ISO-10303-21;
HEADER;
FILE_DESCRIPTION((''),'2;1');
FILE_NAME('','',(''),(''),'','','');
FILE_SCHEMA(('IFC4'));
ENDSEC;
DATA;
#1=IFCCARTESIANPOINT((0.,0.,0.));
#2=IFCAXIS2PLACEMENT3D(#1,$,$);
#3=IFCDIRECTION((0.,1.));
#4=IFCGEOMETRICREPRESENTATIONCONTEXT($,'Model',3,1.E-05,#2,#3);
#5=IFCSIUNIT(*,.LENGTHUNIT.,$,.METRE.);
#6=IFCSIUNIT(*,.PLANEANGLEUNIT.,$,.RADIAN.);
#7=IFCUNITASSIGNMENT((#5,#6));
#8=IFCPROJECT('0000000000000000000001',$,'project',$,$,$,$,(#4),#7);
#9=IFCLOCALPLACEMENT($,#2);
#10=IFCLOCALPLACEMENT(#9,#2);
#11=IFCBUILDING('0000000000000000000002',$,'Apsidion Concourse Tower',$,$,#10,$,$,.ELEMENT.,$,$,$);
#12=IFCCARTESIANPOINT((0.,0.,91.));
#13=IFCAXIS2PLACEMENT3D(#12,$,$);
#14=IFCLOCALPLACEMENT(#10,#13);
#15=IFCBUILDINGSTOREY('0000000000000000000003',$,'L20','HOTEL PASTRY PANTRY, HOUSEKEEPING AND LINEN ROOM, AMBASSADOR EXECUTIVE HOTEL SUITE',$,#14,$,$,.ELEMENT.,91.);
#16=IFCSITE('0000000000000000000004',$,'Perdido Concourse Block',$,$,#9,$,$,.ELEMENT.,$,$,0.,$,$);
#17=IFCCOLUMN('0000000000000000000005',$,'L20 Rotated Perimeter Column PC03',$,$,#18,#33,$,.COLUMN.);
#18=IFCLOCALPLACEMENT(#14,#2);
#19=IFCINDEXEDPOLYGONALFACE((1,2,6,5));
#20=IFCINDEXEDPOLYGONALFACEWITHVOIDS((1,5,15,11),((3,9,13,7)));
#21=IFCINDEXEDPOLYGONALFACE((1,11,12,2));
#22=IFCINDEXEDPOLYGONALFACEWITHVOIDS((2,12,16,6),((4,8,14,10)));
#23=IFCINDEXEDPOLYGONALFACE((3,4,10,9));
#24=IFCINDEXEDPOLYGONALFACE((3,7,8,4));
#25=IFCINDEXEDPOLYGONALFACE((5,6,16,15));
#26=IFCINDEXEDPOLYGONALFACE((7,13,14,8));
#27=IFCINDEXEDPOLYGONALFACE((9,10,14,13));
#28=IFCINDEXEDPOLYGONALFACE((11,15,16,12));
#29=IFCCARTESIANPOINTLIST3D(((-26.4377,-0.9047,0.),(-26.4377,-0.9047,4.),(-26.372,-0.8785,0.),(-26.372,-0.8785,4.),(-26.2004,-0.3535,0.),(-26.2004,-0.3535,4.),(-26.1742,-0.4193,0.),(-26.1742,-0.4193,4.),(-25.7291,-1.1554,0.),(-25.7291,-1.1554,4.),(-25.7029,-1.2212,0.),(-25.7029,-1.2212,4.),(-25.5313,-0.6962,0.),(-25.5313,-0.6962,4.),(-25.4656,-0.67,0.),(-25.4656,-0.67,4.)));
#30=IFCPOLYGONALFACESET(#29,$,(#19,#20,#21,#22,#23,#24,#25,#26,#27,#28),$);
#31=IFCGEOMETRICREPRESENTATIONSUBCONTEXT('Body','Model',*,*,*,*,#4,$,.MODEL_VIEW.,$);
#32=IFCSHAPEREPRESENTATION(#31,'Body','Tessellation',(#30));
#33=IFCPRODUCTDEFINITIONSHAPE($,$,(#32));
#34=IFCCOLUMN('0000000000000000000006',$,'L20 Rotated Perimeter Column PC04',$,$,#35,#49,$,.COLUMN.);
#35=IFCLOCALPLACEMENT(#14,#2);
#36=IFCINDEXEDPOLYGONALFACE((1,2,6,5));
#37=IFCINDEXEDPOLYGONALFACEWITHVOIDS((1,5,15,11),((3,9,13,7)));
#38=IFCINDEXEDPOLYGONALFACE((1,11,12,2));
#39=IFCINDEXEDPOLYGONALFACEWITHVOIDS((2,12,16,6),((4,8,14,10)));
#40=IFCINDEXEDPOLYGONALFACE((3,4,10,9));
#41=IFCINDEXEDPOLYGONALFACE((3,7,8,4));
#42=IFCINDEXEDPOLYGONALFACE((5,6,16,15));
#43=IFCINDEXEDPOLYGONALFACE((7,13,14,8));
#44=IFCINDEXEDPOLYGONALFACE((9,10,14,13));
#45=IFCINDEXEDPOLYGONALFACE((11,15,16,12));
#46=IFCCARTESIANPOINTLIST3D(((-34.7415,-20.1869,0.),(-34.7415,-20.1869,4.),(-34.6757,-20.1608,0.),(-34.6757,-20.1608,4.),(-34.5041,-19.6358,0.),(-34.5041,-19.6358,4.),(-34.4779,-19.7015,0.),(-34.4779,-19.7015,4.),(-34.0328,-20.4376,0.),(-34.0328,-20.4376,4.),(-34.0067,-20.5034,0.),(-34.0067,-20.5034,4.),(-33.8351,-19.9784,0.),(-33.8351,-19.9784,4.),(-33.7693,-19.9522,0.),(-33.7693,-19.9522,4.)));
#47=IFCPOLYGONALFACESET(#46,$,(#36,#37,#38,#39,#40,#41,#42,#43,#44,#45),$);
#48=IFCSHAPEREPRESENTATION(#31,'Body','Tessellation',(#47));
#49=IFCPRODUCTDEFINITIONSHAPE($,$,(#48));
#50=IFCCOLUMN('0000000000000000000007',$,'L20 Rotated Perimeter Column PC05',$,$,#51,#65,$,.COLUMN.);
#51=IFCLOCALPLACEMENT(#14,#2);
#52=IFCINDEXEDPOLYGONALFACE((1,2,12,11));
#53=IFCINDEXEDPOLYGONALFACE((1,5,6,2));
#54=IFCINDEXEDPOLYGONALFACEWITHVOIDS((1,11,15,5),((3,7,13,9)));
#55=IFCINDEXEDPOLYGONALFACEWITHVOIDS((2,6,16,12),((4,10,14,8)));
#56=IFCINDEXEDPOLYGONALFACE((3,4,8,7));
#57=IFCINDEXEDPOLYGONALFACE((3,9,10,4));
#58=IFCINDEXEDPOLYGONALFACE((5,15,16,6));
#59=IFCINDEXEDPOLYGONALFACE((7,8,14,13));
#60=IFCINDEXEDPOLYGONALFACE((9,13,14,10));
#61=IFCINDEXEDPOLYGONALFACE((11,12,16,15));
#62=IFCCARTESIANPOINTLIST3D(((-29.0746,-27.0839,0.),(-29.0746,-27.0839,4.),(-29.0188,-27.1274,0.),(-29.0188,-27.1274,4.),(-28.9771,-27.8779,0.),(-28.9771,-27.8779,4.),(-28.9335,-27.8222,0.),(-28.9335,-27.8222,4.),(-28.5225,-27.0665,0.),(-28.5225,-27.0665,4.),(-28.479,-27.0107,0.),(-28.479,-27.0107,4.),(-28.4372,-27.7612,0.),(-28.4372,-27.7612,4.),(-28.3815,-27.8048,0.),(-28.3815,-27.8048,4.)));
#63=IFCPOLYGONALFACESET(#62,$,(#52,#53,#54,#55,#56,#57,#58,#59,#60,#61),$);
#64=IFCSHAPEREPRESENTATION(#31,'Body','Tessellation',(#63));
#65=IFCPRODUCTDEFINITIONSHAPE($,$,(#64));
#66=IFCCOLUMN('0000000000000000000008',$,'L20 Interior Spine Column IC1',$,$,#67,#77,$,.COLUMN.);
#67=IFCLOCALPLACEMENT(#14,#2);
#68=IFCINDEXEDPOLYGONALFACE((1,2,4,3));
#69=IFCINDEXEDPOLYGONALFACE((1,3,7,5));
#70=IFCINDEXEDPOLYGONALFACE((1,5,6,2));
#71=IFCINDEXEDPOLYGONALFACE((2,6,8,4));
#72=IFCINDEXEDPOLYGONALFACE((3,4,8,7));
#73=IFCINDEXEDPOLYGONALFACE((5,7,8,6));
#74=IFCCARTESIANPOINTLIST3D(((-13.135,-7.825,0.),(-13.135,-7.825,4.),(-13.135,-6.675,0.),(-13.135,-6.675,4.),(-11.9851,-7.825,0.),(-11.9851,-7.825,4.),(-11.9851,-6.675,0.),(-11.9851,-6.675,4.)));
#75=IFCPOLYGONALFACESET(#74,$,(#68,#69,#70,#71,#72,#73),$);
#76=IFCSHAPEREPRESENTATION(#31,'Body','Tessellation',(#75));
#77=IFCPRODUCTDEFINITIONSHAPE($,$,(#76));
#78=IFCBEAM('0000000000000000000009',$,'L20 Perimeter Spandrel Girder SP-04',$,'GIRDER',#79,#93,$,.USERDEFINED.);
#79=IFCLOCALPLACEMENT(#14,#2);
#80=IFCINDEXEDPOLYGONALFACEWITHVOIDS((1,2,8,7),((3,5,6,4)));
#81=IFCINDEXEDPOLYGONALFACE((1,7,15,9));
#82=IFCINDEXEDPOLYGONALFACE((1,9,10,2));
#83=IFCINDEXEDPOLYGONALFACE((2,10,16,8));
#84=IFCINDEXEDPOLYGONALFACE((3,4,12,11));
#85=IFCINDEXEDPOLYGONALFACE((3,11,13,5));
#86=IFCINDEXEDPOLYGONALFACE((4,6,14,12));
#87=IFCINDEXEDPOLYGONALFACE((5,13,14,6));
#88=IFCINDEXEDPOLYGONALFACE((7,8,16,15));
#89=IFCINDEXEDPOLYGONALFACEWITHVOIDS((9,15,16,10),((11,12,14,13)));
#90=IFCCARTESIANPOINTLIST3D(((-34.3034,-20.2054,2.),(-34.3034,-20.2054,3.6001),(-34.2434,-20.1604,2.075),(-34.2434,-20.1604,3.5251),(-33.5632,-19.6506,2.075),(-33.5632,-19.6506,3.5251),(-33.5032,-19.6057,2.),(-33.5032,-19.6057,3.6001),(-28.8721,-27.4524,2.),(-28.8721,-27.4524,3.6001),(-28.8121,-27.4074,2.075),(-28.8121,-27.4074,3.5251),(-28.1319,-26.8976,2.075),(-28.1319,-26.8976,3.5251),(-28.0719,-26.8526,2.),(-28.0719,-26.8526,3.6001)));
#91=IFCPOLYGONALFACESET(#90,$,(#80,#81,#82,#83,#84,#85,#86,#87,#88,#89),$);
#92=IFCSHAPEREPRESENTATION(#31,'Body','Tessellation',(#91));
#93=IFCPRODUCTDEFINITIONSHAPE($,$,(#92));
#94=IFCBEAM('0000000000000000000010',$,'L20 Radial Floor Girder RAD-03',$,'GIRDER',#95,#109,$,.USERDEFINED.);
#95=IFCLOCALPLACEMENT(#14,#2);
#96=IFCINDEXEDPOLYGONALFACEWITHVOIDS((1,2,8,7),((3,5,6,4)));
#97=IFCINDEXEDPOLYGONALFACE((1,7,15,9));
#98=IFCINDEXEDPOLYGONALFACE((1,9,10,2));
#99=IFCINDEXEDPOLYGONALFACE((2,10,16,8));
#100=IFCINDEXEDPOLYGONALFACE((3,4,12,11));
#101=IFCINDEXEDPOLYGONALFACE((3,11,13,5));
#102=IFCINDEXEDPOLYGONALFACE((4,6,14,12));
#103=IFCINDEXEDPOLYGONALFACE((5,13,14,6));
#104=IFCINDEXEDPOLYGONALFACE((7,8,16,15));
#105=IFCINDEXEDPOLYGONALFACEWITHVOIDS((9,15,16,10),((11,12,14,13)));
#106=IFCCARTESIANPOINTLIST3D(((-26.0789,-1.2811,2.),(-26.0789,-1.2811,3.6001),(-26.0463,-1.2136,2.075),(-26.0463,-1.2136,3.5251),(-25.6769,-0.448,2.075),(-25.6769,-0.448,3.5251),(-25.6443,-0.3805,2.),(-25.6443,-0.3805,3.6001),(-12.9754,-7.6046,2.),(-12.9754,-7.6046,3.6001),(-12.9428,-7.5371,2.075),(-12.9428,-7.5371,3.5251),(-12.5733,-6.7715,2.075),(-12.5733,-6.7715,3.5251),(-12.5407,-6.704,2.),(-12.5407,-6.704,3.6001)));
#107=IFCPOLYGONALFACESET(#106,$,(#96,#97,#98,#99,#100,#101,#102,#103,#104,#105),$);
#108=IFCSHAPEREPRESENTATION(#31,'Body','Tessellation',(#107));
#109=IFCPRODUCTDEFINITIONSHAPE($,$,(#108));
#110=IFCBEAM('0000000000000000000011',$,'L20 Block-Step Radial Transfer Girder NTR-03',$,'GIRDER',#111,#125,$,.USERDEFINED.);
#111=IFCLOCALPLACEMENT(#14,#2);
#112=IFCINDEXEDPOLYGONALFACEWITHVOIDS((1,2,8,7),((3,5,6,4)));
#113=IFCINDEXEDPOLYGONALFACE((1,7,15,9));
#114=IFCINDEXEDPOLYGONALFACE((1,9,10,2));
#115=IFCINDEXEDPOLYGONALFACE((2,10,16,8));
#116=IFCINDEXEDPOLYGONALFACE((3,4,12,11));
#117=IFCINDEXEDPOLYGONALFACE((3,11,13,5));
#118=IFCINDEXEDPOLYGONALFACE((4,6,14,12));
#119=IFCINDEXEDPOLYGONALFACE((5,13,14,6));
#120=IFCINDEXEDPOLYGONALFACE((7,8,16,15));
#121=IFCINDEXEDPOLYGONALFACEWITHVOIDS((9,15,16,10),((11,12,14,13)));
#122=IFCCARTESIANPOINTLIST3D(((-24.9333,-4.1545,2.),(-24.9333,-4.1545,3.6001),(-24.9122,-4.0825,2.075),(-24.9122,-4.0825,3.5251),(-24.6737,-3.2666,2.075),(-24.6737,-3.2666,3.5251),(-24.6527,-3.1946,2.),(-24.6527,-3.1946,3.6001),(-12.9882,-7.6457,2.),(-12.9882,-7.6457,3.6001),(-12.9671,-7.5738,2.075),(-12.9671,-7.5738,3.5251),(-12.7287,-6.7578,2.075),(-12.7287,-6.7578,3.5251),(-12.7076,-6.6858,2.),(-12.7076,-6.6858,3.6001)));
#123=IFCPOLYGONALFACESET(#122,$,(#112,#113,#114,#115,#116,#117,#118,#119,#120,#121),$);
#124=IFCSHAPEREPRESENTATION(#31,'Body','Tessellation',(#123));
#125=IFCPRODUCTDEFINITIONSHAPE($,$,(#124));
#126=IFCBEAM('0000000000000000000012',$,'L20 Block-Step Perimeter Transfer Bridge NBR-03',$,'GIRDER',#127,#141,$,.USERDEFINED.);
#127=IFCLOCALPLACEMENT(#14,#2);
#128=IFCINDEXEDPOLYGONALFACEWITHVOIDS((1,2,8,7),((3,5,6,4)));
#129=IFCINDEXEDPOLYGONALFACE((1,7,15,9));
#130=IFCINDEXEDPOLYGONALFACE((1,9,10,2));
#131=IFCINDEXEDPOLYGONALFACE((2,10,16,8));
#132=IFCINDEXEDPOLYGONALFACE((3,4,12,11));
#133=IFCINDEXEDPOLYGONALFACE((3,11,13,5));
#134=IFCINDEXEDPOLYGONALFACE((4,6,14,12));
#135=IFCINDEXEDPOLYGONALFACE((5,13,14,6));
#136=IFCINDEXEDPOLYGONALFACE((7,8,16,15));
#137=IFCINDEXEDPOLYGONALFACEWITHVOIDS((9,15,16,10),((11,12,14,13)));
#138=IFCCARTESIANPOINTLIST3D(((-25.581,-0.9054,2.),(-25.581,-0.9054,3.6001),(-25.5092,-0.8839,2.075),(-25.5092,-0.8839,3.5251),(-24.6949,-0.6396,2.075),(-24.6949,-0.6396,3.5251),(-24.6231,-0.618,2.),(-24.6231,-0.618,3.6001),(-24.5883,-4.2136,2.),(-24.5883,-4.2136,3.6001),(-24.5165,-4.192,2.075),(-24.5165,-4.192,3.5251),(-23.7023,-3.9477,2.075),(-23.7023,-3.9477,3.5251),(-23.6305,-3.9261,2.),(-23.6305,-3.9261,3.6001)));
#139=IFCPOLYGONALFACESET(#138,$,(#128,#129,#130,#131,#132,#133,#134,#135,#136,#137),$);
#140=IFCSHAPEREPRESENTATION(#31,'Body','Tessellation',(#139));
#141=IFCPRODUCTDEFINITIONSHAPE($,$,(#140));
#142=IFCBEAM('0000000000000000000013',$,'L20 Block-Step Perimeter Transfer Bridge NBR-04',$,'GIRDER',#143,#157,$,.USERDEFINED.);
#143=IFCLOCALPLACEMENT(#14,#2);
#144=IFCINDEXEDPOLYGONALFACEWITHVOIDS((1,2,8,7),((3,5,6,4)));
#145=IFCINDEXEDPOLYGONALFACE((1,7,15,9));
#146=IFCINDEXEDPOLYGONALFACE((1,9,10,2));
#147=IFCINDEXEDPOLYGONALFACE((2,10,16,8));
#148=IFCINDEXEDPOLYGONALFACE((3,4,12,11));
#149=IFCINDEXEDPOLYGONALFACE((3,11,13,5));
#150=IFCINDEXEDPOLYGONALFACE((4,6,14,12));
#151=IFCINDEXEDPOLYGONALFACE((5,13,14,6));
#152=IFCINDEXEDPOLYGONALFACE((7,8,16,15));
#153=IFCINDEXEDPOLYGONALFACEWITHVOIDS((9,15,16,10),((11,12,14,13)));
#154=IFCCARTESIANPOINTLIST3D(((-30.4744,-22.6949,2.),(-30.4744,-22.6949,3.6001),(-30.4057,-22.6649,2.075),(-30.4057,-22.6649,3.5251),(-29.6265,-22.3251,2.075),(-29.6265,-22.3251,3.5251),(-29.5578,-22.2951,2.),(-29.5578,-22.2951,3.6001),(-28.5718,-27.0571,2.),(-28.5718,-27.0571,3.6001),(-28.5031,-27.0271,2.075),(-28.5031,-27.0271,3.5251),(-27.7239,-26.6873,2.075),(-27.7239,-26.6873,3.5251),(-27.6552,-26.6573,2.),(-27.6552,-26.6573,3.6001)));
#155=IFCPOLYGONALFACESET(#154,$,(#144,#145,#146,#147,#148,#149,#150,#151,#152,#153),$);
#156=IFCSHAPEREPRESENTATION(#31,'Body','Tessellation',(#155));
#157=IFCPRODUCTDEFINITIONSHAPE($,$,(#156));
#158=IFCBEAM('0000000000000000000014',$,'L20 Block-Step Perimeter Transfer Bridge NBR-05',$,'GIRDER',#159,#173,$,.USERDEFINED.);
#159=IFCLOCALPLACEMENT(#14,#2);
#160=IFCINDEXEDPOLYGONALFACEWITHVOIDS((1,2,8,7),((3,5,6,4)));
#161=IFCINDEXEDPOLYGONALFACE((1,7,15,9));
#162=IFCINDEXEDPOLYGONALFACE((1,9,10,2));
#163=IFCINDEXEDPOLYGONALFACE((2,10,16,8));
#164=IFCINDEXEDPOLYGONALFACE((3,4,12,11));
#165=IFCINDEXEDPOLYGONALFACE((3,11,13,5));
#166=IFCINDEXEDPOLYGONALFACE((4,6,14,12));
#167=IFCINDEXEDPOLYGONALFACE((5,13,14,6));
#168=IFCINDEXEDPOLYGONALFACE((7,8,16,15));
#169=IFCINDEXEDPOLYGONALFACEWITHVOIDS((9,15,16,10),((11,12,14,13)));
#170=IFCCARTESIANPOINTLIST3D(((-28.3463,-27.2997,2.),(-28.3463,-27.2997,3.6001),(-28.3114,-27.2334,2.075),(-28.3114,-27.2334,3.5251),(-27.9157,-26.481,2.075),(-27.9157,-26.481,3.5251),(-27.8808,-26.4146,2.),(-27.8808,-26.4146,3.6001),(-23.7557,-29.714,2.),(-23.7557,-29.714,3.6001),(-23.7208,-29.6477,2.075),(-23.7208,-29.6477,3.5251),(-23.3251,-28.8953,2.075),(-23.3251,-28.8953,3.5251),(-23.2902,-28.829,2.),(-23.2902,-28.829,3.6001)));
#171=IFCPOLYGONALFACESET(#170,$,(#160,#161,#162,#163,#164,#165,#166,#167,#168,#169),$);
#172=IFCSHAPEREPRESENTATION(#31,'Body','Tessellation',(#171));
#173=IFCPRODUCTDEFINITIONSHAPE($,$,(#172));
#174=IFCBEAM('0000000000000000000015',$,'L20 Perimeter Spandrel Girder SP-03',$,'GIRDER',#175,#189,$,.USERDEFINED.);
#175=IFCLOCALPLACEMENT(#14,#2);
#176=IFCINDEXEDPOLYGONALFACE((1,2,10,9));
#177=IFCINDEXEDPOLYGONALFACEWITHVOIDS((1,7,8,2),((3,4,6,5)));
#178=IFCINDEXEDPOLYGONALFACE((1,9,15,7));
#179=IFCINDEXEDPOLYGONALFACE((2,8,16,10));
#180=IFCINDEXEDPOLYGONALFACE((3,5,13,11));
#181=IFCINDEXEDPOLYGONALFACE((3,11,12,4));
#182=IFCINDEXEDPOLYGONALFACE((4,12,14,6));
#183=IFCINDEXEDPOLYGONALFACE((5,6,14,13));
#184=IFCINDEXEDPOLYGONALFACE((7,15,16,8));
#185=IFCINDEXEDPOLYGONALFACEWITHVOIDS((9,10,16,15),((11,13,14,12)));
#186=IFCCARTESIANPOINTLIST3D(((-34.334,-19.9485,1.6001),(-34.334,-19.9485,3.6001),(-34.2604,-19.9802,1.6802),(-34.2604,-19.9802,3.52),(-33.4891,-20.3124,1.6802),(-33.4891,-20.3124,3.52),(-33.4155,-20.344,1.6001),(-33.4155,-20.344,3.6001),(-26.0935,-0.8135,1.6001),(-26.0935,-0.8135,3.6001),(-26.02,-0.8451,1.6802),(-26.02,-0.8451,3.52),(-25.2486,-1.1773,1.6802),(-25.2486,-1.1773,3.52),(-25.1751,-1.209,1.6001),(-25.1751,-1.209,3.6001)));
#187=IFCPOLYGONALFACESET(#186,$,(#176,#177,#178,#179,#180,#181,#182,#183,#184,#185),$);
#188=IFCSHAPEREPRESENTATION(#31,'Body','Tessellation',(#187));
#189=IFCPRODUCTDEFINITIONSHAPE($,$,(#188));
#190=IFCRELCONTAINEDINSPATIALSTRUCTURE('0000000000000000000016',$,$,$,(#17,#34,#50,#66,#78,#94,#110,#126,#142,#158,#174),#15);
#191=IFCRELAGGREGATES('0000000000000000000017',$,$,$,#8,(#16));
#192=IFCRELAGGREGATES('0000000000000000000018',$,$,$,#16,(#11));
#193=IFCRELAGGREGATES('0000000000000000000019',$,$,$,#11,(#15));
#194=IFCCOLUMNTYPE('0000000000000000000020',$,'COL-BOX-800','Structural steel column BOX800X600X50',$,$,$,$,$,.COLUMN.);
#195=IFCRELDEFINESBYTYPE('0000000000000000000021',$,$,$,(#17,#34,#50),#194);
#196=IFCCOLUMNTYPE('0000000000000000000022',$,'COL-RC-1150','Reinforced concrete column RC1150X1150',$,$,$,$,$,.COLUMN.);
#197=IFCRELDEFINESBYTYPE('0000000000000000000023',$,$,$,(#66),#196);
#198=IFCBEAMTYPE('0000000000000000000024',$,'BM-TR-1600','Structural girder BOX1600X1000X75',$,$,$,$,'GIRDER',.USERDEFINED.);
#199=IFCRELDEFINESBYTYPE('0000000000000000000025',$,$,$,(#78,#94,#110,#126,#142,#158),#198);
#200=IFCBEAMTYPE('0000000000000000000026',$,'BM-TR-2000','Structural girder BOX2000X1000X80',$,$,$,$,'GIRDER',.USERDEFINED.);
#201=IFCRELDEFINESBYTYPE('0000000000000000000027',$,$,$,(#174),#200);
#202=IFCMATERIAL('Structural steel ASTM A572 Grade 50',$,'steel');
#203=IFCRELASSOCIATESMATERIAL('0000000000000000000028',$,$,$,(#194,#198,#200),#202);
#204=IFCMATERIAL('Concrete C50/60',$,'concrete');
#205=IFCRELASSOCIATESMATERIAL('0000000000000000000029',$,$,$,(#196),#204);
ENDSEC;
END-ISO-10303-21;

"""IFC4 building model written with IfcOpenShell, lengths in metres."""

from ifc_helpers import new_model, si_unit, direction, frame, origin, origin_2d, place, context, subcontext, project, spatial, rectangle, hollow_rectangle, extrude, material, material_profile, profile_set, type_object, element, save


model = new_model("IFC4")

# Units and contexts
model_context = context("Model", 3, precision=1e-05, world=origin(), true_north=direction((0.0, 1.0)))
body_context = subcontext(model_context, "Body", "Model", "MODEL_VIEW")
ifc_project = project(units=[si_unit("LENGTHUNIT", "METRE"), si_unit("PLANEANGLEUNIT", "RADIAN")], contexts=[model_context])

# Site, building, storey
site_placement = place(None, origin())
site = spatial("IfcSite", under=ifc_project, at=site_placement, Name="Perdido Concourse Block", CompositionType="ELEMENT", RefElevation=0.0)
building_placement = place(site_placement, origin())
building = spatial("IfcBuilding", under=site, at=building_placement, Name="Apsidion Concourse Tower", CompositionType="ELEMENT")
storey_placement = place(building_placement, frame((0.0, 0.0, 91.0)))
storey = spatial("IfcBuildingStorey", under=building, at=storey_placement, Name="L20", Description="HOTEL PASTRY PANTRY, HOUSEKEEPING AND LINEN ROOM, AMBASSADOR EXECUTIVE HOTEL SUITE", CompositionType="ELEMENT", Elevation=91.0)

# Columns
ifc_material_1 = material(Name="Structural steel ASTM A572 Grade 50", Category="steel")
ifc_material_profile_1 = material_profile(ifc_material_1, hollow_rectangle(XDim=0.6001, YDim=0.8, WallThickness=0.05, at=origin_2d()), Name="BOX800X600X50")
ifc_profile_set_1 = profile_set([ifc_material_profile_1], Name="Structural steel ASTM A572 Grade 50")
column_type_1 = type_object("IfcColumnType", Name="COL-BOX-800", Description="Structural steel column BOX800X600X50", PredefinedType="COLUMN", material=ifc_profile_set_1)
for number, where, z_axis, x_axis, name in (
    (1, (-25.9517, -0.7874, 0.0), (0.0, 0.0, 1.0), (0.395546, 0.918446, 0.0), "L20 Rotated Perimeter Column PC03"),
    (2, (-34.2554, -20.0696, 0.0), (0.0, 0.0, 1.0), (0.395546, 0.918446, 0.0), "L20 Rotated Perimeter Column PC04"),
    (3, (-28.728, -27.4443, 0.0), (0.0, 0.0, 1.0), (0.992546, 0.121869, 0.0), "L20 Rotated Perimeter Column PC05"),
):
    element("IfcColumn", number, at=place(storey_placement, frame(where, z_axis=z_axis, x_axis=x_axis)), inside=storey, type_object=column_type_1, Name=name, PredefinedType="COLUMN", context=body_context, shape_type="SweptSolid", body=[
        extrude(hollow_rectangle(XDim=0.6001, YDim=0.8, WallThickness=0.05, at=origin_2d()), origin(), (0.0, 0.0, 1.0), 4.0),
    ])
ifc_material_2 = material(Name="Concrete C50/60", Category="concrete")
ifc_material_profile_2 = material_profile(ifc_material_2, rectangle(XDim=1.1499, YDim=1.1499, at=origin_2d()), Name="RC 1150x1150")
ifc_profile_set_2 = profile_set([ifc_material_profile_2], Name="Concrete C50/60")
column_type_2 = type_object("IfcColumnType", Name="COL-RC-1150", Description="Reinforced concrete column RC1150X1150", PredefinedType="COLUMN", material=ifc_profile_set_2)
column_placement = place(storey_placement, frame((-12.5601, -7.25, 0.0), z_axis=(0.0, 0.0, 1.0), x_axis=(1.0, 0.0, 0.0)))
element("IfcColumn", 4, at=column_placement, inside=storey, type_object=column_type_2, Name="L20 Interior Spine Column IC1", PredefinedType="COLUMN", context=body_context, shape_type="SweptSolid", body=[
    extrude(rectangle(XDim=1.1499, YDim=1.1499, at=origin_2d()), origin(), (0.0, 0.0, 1.0), 4.0),
])

# Beams
ifc_material_profile_3 = material_profile(ifc_material_1, hollow_rectangle(XDim=1.0, YDim=1.6001, WallThickness=0.075, at=origin_2d()), Name="BOX1600X1000X75")
ifc_profile_set_3 = profile_set([ifc_material_profile_3], Name="Structural steel ASTM A572 Grade 50")
beam_type_1 = type_object("IfcBeamType", Name="BM-TR-1600", Description="Structural girder BOX1600X1000X75", ElementType="GIRDER", PredefinedType="USERDEFINED", material=ifc_profile_set_3)
beam_1_placement = place(storey_placement, frame((-33.9033, -19.9055, 2.8), z_axis=(0.599724, -0.800207, 0.0), x_axis=(0.800207, 0.599724, 0.0)))
element("IfcBeam", 5, at=beam_1_placement, inside=storey, type_object=beam_type_1, Name="L20 Perimeter Spandrel Girder SP-04", ObjectType="GIRDER", PredefinedType="USERDEFINED", context=body_context, shape_type="SweptSolid", body=[
    extrude(hollow_rectangle(XDim=1.0, YDim=1.6001, WallThickness=0.075, at=origin_2d()), origin(), (0.0, 0.0, 1.0), 9.0564),
])
beam_2_placement = place(storey_placement, frame((-12.7581, -7.1543, 2.8), z_axis=(-0.900615, 0.434618, 0.0), x_axis=(-0.434618, -0.900615, 0.0)))
element("IfcBeam", 6, at=beam_2_placement, inside=storey, type_object=beam_type_1, Name="L20 Radial Floor Girder RAD-03", ObjectType="GIRDER", PredefinedType="USERDEFINED", context=body_context, shape_type="SweptSolid", body=[
    extrude(hollow_rectangle(XDim=1.0, YDim=1.6001, WallThickness=0.075, at=origin_2d()), origin(), (0.0, 0.0, 1.0), 14.5496),
])
beam_3_placement = place(storey_placement, frame((-12.8479, -7.1658, 2.8), z_axis=(-0.959844, 0.280536, 0.0), x_axis=(-0.280536, -0.959844, 0.0)))
element("IfcBeam", 7, at=beam_3_placement, inside=storey, type_object=beam_type_1, Name="L20 Block-Step Radial Transfer Girder NTR-03", ObjectType="GIRDER", PredefinedType="USERDEFINED", context=body_context, shape_type="SweptSolid", body=[
    extrude(hollow_rectangle(XDim=1.0, YDim=1.6001, WallThickness=0.075, at=origin_2d()), origin(), (0.0, 0.0, 1.0), 12.4448),
])
beam_4_placement = place(storey_placement, frame((-25.1021, -0.7617, 2.8), z_axis=(0.287413, -0.957807, 0.0), x_axis=(0.957807, 0.287413, 0.0)))
element("IfcBeam", 8, at=beam_4_placement, inside=storey, type_object=beam_type_1, Name="L20 Block-Step Perimeter Transfer Bridge NBR-03", ObjectType="GIRDER", PredefinedType="USERDEFINED", context=body_context, shape_type="SweptSolid", body=[
    extrude(hollow_rectangle(XDim=1.0, YDim=1.6001, WallThickness=0.075, at=origin_2d()), origin(), (0.0, 0.0, 1.0), 3.4539),
])
beam_5_placement = place(storey_placement, frame((-28.1135, -26.8572, 2.8), z_axis=(-0.399774, 0.916614, 0.0), x_axis=(-0.916614, -0.399774, 0.0)))
element("IfcBeam", 9, at=beam_5_placement, inside=storey, type_object=beam_type_1, Name="L20 Block-Step Perimeter Transfer Bridge NBR-04", ObjectType="GIRDER", PredefinedType="USERDEFINED", context=body_context, shape_type="SweptSolid", body=[
    extrude(hollow_rectangle(XDim=1.0, YDim=1.6001, WallThickness=0.075, at=origin_2d()), origin(), (0.0, 0.0, 1.0), 4.759),
])
beam_6_placement = place(storey_placement, frame((-28.1135, -26.8572, 2.8), z_axis=(0.88506, -0.465477, 0.0), x_axis=(0.465477, 0.88506, 0.0)))
element("IfcBeam", 10, at=beam_6_placement, inside=storey, type_object=beam_type_1, Name="L20 Block-Step Perimeter Transfer Bridge NBR-05", ObjectType="GIRDER", PredefinedType="USERDEFINED", context=body_context, shape_type="SweptSolid", body=[
    extrude(hollow_rectangle(XDim=1.0, YDim=1.6001, WallThickness=0.075, at=origin_2d()), origin(), (0.0, 0.0, 1.0), 5.1868),
])
ifc_material_profile_4 = material_profile(ifc_material_1, hollow_rectangle(XDim=1.0, YDim=2.0, WallThickness=0.0801, at=origin_2d()), Name="BOX2000X1000X80")
ifc_profile_set_4 = profile_set([ifc_material_profile_4], Name="Structural steel ASTM A572 Grade 50")
beam_type_2 = type_object("IfcBeamType", Name="BM-TR-2000", Description="Structural girder BOX2000X1000X80", ElementType="GIRDER", PredefinedType="USERDEFINED", material=ifc_profile_set_4)
beam_7_placement = place(storey_placement, frame((-25.6343, -1.0112, 2.6001), z_axis=(-0.395531, -0.918453, 0.0), x_axis=(0.918453, -0.395531, 0.0)))
element("IfcBeam", 11, at=beam_7_placement, inside=storey, type_object=beam_type_2, Name="L20 Perimeter Spandrel Girder SP-03", ObjectType="GIRDER", PredefinedType="USERDEFINED", context=body_context, shape_type="SweptSolid", body=[
    extrude(hollow_rectangle(XDim=1.0, YDim=2.0, WallThickness=0.0801, at=origin_2d()), origin(), (0.0, 0.0, 1.0), 20.834),
])

save(model, "model.ifc")
